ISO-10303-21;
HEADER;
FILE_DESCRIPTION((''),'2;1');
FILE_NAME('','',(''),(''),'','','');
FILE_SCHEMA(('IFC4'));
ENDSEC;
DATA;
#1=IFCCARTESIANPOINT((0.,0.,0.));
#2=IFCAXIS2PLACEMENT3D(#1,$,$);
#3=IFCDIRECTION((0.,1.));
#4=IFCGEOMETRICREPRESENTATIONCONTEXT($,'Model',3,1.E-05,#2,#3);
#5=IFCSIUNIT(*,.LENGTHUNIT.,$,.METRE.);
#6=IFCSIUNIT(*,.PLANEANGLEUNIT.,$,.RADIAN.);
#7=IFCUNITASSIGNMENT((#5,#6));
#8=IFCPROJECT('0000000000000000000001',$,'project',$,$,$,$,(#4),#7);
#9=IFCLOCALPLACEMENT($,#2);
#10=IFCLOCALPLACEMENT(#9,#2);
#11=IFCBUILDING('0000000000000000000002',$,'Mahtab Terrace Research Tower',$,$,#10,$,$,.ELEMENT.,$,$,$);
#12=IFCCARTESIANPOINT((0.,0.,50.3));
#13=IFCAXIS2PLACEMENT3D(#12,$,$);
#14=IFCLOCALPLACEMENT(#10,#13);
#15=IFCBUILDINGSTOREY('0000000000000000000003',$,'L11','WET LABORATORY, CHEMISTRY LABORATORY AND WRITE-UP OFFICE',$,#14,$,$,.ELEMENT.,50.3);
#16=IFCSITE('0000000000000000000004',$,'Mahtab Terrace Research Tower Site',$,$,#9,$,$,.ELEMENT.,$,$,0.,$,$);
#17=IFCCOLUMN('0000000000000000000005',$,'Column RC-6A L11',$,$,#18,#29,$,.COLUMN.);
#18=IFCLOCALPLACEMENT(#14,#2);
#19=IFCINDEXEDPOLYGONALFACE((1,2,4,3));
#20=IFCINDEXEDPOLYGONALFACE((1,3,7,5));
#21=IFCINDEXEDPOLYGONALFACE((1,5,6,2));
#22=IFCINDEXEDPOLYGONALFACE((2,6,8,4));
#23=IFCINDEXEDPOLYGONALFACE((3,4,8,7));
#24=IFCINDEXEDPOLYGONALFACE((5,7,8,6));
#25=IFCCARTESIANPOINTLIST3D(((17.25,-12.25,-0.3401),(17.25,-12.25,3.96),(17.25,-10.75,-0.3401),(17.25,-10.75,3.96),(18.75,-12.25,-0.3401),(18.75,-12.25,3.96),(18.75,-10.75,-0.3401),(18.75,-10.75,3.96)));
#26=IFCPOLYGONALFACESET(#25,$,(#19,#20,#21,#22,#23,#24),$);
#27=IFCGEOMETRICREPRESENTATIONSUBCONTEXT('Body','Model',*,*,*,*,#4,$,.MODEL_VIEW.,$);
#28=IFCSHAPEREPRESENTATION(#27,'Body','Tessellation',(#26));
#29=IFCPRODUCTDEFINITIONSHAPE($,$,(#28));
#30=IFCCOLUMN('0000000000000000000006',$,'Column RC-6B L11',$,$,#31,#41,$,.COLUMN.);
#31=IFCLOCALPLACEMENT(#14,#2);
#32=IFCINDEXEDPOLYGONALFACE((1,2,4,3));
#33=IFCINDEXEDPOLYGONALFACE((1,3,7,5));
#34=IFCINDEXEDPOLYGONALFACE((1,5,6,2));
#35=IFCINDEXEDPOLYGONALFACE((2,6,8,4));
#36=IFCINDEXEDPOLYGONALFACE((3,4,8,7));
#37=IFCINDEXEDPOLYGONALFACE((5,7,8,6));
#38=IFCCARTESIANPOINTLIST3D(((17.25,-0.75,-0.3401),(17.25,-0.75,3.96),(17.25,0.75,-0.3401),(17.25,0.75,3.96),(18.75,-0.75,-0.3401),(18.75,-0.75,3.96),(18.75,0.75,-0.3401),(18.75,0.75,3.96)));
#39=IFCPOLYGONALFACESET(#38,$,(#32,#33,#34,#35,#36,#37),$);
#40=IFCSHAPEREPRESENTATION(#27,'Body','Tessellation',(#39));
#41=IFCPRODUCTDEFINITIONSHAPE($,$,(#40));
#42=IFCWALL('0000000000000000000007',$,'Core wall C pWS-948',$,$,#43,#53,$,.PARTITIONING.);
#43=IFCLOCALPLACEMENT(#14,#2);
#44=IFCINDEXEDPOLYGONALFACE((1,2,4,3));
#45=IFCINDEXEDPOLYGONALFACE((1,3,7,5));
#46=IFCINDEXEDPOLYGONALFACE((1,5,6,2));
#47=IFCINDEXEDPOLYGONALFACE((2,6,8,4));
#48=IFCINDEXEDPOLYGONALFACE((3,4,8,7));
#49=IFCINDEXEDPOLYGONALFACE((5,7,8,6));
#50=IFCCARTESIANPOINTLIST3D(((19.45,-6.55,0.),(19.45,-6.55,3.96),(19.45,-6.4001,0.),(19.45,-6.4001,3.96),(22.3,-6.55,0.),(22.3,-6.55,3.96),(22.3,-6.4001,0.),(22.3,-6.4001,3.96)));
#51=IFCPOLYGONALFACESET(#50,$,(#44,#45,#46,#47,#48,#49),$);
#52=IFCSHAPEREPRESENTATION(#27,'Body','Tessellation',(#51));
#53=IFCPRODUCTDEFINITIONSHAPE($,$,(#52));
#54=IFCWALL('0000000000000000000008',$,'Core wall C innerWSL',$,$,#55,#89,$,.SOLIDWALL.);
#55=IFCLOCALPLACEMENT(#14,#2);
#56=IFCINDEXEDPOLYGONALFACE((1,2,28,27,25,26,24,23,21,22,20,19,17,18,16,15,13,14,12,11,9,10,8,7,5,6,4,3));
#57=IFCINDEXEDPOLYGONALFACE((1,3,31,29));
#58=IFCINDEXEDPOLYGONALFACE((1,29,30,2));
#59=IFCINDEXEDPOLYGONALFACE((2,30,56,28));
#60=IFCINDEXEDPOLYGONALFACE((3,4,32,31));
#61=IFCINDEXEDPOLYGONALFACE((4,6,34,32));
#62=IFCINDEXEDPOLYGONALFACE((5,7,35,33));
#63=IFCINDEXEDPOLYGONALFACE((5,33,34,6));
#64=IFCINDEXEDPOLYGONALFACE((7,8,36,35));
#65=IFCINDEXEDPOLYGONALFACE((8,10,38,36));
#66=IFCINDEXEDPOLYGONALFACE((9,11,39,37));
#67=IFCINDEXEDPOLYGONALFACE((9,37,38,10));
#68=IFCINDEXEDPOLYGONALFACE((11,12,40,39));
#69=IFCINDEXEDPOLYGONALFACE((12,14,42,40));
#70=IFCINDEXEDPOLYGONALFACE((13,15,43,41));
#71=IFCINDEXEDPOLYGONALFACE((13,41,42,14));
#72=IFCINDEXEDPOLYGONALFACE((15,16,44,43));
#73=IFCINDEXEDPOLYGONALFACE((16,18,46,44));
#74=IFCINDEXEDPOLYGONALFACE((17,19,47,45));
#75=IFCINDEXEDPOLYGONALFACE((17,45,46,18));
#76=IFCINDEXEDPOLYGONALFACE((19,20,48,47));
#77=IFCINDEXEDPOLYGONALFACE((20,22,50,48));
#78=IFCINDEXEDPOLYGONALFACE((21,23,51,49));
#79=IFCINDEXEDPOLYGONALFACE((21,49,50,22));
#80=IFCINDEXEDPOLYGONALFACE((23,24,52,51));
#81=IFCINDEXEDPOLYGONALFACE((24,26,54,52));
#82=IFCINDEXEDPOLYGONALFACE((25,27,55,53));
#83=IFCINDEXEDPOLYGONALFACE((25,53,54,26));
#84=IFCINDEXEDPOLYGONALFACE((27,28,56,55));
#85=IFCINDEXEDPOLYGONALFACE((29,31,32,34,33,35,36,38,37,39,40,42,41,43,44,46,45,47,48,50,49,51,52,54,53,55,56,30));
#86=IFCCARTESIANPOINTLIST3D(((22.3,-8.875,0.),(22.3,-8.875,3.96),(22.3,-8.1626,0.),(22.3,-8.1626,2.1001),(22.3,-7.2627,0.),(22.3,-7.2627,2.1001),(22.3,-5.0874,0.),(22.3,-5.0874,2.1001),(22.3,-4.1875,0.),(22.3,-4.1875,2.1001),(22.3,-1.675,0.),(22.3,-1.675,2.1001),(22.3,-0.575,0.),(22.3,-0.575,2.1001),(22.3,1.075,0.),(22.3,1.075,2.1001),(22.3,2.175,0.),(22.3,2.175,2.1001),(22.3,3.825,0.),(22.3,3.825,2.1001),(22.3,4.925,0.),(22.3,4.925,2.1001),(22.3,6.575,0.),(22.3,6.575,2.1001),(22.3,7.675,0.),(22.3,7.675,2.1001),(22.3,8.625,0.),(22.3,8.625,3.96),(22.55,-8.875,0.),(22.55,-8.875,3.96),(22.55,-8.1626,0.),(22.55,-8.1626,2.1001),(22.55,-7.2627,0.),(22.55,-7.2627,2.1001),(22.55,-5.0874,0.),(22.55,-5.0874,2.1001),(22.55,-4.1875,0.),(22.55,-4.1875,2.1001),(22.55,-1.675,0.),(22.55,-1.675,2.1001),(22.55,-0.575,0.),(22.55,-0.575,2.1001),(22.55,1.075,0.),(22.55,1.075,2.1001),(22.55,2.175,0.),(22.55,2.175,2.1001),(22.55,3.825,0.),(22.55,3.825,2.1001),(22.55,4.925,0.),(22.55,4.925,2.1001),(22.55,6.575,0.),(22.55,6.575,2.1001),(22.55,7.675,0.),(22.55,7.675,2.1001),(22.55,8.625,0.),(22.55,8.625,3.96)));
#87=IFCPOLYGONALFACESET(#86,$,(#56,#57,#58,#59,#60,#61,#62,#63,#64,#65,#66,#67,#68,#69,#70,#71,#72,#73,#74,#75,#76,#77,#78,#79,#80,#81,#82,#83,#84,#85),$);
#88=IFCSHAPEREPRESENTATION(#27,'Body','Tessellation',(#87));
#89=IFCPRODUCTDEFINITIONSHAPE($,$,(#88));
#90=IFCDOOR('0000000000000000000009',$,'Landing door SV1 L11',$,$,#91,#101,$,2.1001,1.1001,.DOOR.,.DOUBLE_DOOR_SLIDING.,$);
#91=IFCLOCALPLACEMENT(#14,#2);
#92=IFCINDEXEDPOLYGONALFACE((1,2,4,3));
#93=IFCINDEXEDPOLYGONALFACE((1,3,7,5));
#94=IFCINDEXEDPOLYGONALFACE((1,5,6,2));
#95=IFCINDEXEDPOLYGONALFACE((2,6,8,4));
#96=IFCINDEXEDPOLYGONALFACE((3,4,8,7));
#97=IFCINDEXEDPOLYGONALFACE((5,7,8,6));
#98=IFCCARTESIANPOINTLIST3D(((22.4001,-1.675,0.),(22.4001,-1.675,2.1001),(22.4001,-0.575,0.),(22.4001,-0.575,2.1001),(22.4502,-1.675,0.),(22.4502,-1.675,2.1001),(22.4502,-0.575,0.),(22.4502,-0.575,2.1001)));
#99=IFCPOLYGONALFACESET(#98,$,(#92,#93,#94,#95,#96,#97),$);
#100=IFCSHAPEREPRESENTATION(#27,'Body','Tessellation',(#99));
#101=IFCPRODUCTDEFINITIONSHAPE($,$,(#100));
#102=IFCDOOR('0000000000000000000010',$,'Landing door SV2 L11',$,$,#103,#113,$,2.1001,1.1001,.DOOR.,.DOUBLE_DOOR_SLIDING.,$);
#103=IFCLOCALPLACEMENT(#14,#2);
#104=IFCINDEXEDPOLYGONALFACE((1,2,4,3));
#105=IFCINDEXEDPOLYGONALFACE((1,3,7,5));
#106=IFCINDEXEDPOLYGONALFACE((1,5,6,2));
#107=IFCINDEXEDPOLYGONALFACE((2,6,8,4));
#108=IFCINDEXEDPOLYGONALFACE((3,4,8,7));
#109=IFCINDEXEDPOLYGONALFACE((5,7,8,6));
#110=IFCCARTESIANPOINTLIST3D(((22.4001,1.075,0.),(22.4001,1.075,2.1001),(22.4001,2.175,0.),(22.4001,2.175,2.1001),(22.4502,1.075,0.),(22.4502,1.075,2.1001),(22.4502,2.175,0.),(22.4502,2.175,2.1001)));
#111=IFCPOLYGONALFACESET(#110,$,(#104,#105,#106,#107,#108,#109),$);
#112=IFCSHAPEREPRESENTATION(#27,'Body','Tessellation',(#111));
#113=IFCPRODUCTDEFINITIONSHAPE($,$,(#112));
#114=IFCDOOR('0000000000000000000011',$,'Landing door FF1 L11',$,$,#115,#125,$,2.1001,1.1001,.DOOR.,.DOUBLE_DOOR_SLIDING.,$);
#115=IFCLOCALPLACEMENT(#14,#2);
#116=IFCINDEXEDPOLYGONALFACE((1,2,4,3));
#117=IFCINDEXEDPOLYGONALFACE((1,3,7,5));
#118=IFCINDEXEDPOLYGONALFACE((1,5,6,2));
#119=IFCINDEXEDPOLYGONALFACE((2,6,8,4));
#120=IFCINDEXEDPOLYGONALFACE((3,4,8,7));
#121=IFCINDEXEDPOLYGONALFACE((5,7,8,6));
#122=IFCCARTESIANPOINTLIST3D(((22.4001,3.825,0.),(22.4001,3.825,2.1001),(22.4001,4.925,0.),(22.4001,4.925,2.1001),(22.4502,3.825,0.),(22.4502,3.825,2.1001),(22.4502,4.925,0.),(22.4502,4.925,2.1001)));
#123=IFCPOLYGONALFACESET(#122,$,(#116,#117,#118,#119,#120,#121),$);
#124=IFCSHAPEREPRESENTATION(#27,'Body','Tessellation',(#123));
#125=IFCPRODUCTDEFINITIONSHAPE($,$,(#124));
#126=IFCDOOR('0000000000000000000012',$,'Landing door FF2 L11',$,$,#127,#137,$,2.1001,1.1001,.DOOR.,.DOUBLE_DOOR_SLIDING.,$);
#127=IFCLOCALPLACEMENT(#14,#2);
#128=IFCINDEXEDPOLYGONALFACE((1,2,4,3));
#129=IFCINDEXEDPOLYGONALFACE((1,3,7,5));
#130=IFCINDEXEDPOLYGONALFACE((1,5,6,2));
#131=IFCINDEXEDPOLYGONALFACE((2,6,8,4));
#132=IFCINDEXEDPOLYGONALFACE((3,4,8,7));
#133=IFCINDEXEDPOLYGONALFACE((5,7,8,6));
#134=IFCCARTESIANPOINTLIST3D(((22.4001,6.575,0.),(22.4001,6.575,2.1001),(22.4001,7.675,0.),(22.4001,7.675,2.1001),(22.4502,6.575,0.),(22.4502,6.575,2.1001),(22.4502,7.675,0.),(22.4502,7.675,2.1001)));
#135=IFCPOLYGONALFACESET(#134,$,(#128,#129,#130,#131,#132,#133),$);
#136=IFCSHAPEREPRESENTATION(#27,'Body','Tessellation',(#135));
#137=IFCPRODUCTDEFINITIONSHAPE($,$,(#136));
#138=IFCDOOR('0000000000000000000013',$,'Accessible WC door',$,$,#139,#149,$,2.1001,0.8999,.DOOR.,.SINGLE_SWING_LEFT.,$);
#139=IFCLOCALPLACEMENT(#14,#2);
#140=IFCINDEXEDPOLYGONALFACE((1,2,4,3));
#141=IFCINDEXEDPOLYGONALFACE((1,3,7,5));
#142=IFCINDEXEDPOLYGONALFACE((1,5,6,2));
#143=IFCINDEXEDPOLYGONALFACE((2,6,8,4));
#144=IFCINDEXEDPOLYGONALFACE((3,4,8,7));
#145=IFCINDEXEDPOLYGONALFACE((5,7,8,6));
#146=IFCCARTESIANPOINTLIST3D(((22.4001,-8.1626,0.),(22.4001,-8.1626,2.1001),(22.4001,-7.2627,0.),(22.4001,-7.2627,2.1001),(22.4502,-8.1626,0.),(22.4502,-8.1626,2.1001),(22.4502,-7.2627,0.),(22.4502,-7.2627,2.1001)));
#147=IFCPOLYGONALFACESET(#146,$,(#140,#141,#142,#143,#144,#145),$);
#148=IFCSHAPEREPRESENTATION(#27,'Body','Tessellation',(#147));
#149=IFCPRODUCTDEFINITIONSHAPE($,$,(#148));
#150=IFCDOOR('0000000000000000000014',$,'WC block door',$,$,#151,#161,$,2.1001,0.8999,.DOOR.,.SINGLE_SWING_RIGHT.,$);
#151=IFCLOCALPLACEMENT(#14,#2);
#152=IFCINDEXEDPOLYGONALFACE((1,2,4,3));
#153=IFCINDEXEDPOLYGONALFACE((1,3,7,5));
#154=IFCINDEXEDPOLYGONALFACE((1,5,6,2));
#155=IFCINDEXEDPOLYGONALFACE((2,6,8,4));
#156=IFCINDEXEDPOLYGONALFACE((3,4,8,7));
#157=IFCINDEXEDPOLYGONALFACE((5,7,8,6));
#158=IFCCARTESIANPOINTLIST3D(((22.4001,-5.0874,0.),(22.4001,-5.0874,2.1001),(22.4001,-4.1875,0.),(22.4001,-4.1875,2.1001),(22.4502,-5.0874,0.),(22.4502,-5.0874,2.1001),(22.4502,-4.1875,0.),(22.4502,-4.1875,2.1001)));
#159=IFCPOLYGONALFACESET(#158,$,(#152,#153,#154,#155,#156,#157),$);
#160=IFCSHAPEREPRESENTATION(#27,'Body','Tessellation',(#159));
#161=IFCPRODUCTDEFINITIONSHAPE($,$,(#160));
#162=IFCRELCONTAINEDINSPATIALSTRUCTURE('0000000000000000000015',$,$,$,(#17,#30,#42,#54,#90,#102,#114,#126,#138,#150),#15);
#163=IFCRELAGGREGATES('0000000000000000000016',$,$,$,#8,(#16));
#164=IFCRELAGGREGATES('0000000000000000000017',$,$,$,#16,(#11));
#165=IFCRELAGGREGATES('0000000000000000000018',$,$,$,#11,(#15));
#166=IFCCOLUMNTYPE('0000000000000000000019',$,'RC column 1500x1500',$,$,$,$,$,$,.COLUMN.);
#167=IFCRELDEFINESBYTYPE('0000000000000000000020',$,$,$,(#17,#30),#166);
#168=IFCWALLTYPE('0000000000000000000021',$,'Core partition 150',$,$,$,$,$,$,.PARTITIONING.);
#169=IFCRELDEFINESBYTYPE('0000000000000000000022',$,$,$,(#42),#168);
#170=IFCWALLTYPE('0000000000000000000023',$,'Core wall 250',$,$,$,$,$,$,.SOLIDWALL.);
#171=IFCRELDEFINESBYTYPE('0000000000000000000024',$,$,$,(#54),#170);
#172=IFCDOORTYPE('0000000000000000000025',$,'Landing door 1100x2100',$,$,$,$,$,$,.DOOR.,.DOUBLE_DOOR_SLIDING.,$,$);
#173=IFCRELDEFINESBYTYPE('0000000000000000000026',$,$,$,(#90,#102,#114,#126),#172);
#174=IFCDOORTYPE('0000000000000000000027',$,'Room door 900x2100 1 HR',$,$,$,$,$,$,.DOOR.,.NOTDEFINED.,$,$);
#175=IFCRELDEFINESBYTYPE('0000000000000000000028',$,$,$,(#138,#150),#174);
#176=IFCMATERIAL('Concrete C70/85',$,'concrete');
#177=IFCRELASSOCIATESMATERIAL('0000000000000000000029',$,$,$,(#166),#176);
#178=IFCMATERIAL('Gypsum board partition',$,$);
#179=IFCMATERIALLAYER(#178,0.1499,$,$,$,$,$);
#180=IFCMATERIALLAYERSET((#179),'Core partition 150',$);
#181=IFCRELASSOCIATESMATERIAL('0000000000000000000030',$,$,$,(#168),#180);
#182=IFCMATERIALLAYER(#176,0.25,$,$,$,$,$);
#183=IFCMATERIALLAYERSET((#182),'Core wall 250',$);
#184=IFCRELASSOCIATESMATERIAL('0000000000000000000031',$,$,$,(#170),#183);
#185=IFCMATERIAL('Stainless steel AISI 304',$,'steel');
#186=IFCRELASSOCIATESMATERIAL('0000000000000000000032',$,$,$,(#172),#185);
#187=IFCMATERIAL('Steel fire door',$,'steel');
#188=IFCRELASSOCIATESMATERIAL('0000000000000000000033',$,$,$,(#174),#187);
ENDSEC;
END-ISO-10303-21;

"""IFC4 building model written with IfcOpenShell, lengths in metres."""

from ifc_helpers import new_model, si_unit, direction, frame, frame_2d, origin, origin_2d, place, context, subcontext, project, spatial, rectangle, extrude, material, layer, layer_set, material_profile, profile_set, type_object, element, fill, save


model = new_model("IFC4")

# Units and contexts
model_context = context("Model", 3, precision=1e-05, world=origin(), true_north=direction((0.0, 1.0)))
body_context = subcontext(model_context, "Body", "Model", "MODEL_VIEW")
ifc_project = project(units=[si_unit("LENGTHUNIT", "METRE"), si_unit("PLANEANGLEUNIT", "RADIAN")], contexts=[model_context])

# Site, building, storey
site_placement = place(None, origin())
site = spatial("IfcSite", under=ifc_project, at=site_placement, Name="Mahtab Terrace Research Tower Site", CompositionType="ELEMENT", RefElevation=0.0)
building_placement = place(site_placement, origin())
building = spatial("IfcBuilding", under=site, at=building_placement, Name="Mahtab Terrace Research Tower", CompositionType="ELEMENT")
storey_placement = place(building_placement, frame((0.0, 0.0, 50.3)))
storey = spatial("IfcBuildingStorey", under=building, at=storey_placement, Name="L11", Description="WET LABORATORY, CHEMISTRY LABORATORY AND WRITE-UP OFFICE", CompositionType="ELEMENT", Elevation=50.3)

# Columns
ifc_material_1 = material(Name="Concrete C70/85", Category="concrete")
ifc_material_profile = material_profile(ifc_material_1, rectangle(XDim=1.5, YDim=1.5, at=origin_2d()), Name="RC column 1500x1500")
ifc_profile_set = profile_set([ifc_material_profile], Name="Concrete C70/85")
column_type = type_object("IfcColumnType", Name="RC column 1500x1500", PredefinedType="COLUMN", material=ifc_profile_set)
for number, where, z_axis, x_axis, name in (
    (1, (18.0, -11.5, -0.3401), (0.0, 0.0, 1.0), (1.0, 0.0, 0.0), "Column RC-6A L11"),
    (2, (18.0, 0.0, -0.3401), (0.0, 0.0, 1.0), (1.0, 0.0, 0.0), "Column RC-6B L11"),
):
    element("IfcColumn", number, at=place(storey_placement, frame(where, z_axis=z_axis, x_axis=x_axis)), inside=storey, type_object=column_type, Name=name, PredefinedType="COLUMN", context=body_context, shape_type="SweptSolid", body=[
        extrude(rectangle(XDim=1.5, YDim=1.5, at=origin_2d()), origin(), (0.0, 0.0, 1.0), 4.3),
    ])

# Wall
ifc_material_2 = material(Name="Gypsum board partition")
ifc_layer_1 = layer(ifc_material_2, 0.1499)
ifc_layer_set_1 = layer_set([ifc_layer_1], Name="Core partition 150")
wall_type_1 = type_object("IfcWallType", Name="Core partition 150", PredefinedType="PARTITIONING", material=ifc_layer_set_1)
wall_1_placement = place(storey_placement, frame((19.45, -6.4751, 0.0), z_axis=(0.0, 0.0, 1.0), x_axis=(1.0, 0.0, 0.0)))
element("IfcWall", 3, at=wall_1_placement, inside=storey, type_object=wall_type_1, Name="Core wall C pWS-948", PredefinedType="PARTITIONING", context=body_context, shape_type="SweptSolid", body=[
    extrude(rectangle(XDim=2.8501, YDim=0.1499, at=frame_2d((1.425, 0.0))), origin(), (0.0, 0.0, 1.0), 3.96),
])

# Wall, openings, doors
ifc_layer_2 = layer(ifc_material_1, 0.25)
ifc_layer_set_2 = layer_set([ifc_layer_2], Name="Core wall 250")
wall_type_2 = type_object("IfcWallType", Name="Core wall 250", PredefinedType="SOLIDWALL", material=ifc_layer_set_2)
wall_2_placement = place(storey_placement, frame((22.425, -8.875, 0.0), z_axis=(0.0, 0.0, 1.0), x_axis=(0.0, 1.0, 0.0)))
wall_2 = element("IfcWall", 4, at=wall_2_placement, inside=storey, type_object=wall_type_2, Name="Core wall C innerWSL", PredefinedType="SOLIDWALL", context=body_context, shape_type="SweptSolid", body=[
    extrude(rectangle(XDim=17.5, YDim=0.25, at=frame_2d((8.75, 0.0))), origin(), (0.0, 0.0, 1.0), 3.96),
])
opening_1_placement = place(wall_2_placement, frame((7.2, 0.0, 0.0)))
opening_1 = element("IfcOpeningElement", 5, at=opening_1_placement, cuts=wall_2, PredefinedType="OPENING", context=body_context, shape_type="SweptSolid", body=[
    extrude(rectangle(XDim=1.1001, YDim=2.1001, at=frame_2d((0.55, 1.05))), frame((0.0, 0.135, 0.0), z_axis=(0.0, -1.0, 0.0), x_axis=(1.0, 0.0, 0.0)), (0.0, 0.0, 1.0), 0.27),
])
opening_2_placement = place(wall_2_placement, frame((9.95, 0.0, 0.0)))
opening_2 = element("IfcOpeningElement", 6, at=opening_2_placement, cuts=wall_2, PredefinedType="OPENING", context=body_context, shape_type="SweptSolid", body=[
    extrude(rectangle(XDim=1.1001, YDim=2.1001, at=frame_2d((0.55, 1.05))), frame((0.0, 0.135, 0.0), z_axis=(0.0, -1.0, 0.0), x_axis=(1.0, 0.0, 0.0)), (0.0, 0.0, 1.0), 0.27),
])
opening_3_placement = place(wall_2_placement, frame((12.7, 0.0, 0.0)))
opening_3 = element("IfcOpeningElement", 7, at=opening_3_placement, cuts=wall_2, PredefinedType="OPENING", context=body_context, shape_type="SweptSolid", body=[
    extrude(rectangle(XDim=1.1001, YDim=2.1001, at=frame_2d((0.55, 1.05))), frame((0.0, 0.135, 0.0), z_axis=(0.0, -1.0, 0.0), x_axis=(1.0, 0.0, 0.0)), (0.0, 0.0, 1.0), 0.27),
])
opening_4_placement = place(wall_2_placement, frame((15.45, 0.0, 0.0)))
opening_4 = element("IfcOpeningElement", 8, at=opening_4_placement, cuts=wall_2, PredefinedType="OPENING", context=body_context, shape_type="SweptSolid", body=[
    extrude(rectangle(XDim=1.1001, YDim=2.1001, at=frame_2d((0.55, 1.05))), frame((0.0, 0.135, 0.0), z_axis=(0.0, -1.0, 0.0), x_axis=(1.0, 0.0, 0.0)), (0.0, 0.0, 1.0), 0.27),
])
opening_5_placement = place(wall_2_placement, frame((0.7124, 0.0, 0.0)))
opening_5 = element("IfcOpeningElement", 9, at=opening_5_placement, cuts=wall_2, PredefinedType="OPENING", context=body_context, shape_type="SweptSolid", body=[
    extrude(rectangle(XDim=0.8999, YDim=2.1001, at=frame_2d((0.45, 1.05))), frame((0.0, 0.135, 0.0), z_axis=(0.0, -1.0, 0.0), x_axis=(1.0, 0.0, 0.0)), (0.0, 0.0, 1.0), 0.27),
])
opening_6_placement = place(wall_2_placement, frame((3.7876, 0.0, 0.0)))
opening_6 = element("IfcOpeningElement", 10, at=opening_6_placement, cuts=wall_2, PredefinedType="OPENING", context=body_context, shape_type="SweptSolid", body=[
    extrude(rectangle(XDim=0.8999, YDim=2.1001, at=frame_2d((0.45, 1.05))), frame((0.0, 0.135, 0.0), z_axis=(0.0, -1.0, 0.0), x_axis=(1.0, 0.0, 0.0)), (0.0, 0.0, 1.0), 0.27),
])
ifc_material_3 = material(Name="Stainless steel AISI 304", Category="steel")
door_type_1 = type_object("IfcDoorType", Name="Landing door 1100x2100", OperationType="DOUBLE_DOOR_SLIDING", PredefinedType="DOOR", material=ifc_material_3)
door_1_placement = place(opening_1_placement, origin())
door_1 = element("IfcDoor", 11, at=door_1_placement, inside=storey, type_object=door_type_1, Name="Landing door SV1 L11", OperationType="DOUBLE_DOOR_SLIDING", OverallHeight=2.1001, OverallWidth=1.1001, PredefinedType="DOOR", context=body_context, shape_type="SweptSolid", body=[
    extrude(rectangle(XDim=1.1001, YDim=2.1001, at=frame_2d((0.55, 1.05))), frame((0.0, 0.0249, 0.0), z_axis=(0.0, -1.0, 0.0), x_axis=(1.0, 0.0, 0.0)), (0.0, 0.0, 1.0), 0.05),
])
fill(opening_1, door_1)
door_2_placement = place(opening_2_placement, origin())
door_2 = element("IfcDoor", 12, at=door_2_placement, inside=storey, type_object=door_type_1, Name="Landing door SV2 L11", OperationType="DOUBLE_DOOR_SLIDING", OverallHeight=2.1001, OverallWidth=1.1001, PredefinedType="DOOR", context=body_context, shape_type="SweptSolid", body=[
    extrude(rectangle(XDim=1.1001, YDim=2.1001, at=frame_2d((0.55, 1.05))), frame((0.0, 0.0249, 0.0), z_axis=(0.0, -1.0, 0.0), x_axis=(1.0, 0.0, 0.0)), (0.0, 0.0, 1.0), 0.05),
])
fill(opening_2, door_2)
door_3_placement = place(opening_3_placement, origin())
door_3 = element("IfcDoor", 13, at=door_3_placement, inside=storey, type_object=door_type_1, Name="Landing door FF1 L11", OperationType="DOUBLE_DOOR_SLIDING", OverallHeight=2.1001, OverallWidth=1.1001, PredefinedType="DOOR", context=body_context, shape_type="SweptSolid", body=[
    extrude(rectangle(XDim=1.1001, YDim=2.1001, at=frame_2d((0.55, 1.05))), frame((0.0, 0.0249, 0.0), z_axis=(0.0, -1.0, 0.0), x_axis=(1.0, 0.0, 0.0)), (0.0, 0.0, 1.0), 0.05),
])
fill(opening_3, door_3)
door_4_placement = place(opening_4_placement, origin())
door_4 = element("IfcDoor", 14, at=door_4_placement, inside=storey, type_object=door_type_1, Name="Landing door FF2 L11", OperationType="DOUBLE_DOOR_SLIDING", OverallHeight=2.1001, OverallWidth=1.1001, PredefinedType="DOOR", context=body_context, shape_type="SweptSolid", body=[
    extrude(rectangle(XDim=1.1001, YDim=2.1001, at=frame_2d((0.55, 1.05))), frame((0.0, 0.0249, 0.0), z_axis=(0.0, -1.0, 0.0), x_axis=(1.0, 0.0, 0.0)), (0.0, 0.0, 1.0), 0.05),
])
fill(opening_4, door_4)
ifc_material_4 = material(Name="Steel fire door", Category="steel")
door_type_2 = type_object("IfcDoorType", Name="Room door 900x2100 1 HR", OperationType="NOTDEFINED", PredefinedType="DOOR", material=ifc_material_4)
door_5_placement = place(opening_5_placement, origin())
door_5 = element("IfcDoor", 15, at=door_5_placement, inside=storey, type_object=door_type_2, Name="Accessible WC door", OperationType="SINGLE_SWING_LEFT", OverallHeight=2.1001, OverallWidth=0.8999, PredefinedType="DOOR", context=body_context, shape_type="SweptSolid", body=[
    extrude(rectangle(XDim=0.8999, YDim=2.1001, at=frame_2d((0.45, 1.05))), frame((0.0, 0.0249, 0.0), z_axis=(0.0, -1.0, 0.0), x_axis=(1.0, 0.0, 0.0)), (0.0, 0.0, 1.0), 0.05),
])
fill(opening_5, door_5)
door_6_placement = place(opening_6_placement, origin())
door_6 = element("IfcDoor", 16, at=door_6_placement, inside=storey, type_object=door_type_2, Name="WC block door", OperationType="SINGLE_SWING_RIGHT", OverallHeight=2.1001, OverallWidth=0.8999, PredefinedType="DOOR", context=body_context, shape_type="SweptSolid", body=[
    extrude(rectangle(XDim=0.8999, YDim=2.1001, at=frame_2d((0.45, 1.05))), frame((0.0, 0.0249, 0.0), z_axis=(0.0, -1.0, 0.0), x_axis=(1.0, 0.0, 0.0)), (0.0, 0.0, 1.0), 0.05),
])
fill(opening_6, door_6)

save(model, "model.ifc")
